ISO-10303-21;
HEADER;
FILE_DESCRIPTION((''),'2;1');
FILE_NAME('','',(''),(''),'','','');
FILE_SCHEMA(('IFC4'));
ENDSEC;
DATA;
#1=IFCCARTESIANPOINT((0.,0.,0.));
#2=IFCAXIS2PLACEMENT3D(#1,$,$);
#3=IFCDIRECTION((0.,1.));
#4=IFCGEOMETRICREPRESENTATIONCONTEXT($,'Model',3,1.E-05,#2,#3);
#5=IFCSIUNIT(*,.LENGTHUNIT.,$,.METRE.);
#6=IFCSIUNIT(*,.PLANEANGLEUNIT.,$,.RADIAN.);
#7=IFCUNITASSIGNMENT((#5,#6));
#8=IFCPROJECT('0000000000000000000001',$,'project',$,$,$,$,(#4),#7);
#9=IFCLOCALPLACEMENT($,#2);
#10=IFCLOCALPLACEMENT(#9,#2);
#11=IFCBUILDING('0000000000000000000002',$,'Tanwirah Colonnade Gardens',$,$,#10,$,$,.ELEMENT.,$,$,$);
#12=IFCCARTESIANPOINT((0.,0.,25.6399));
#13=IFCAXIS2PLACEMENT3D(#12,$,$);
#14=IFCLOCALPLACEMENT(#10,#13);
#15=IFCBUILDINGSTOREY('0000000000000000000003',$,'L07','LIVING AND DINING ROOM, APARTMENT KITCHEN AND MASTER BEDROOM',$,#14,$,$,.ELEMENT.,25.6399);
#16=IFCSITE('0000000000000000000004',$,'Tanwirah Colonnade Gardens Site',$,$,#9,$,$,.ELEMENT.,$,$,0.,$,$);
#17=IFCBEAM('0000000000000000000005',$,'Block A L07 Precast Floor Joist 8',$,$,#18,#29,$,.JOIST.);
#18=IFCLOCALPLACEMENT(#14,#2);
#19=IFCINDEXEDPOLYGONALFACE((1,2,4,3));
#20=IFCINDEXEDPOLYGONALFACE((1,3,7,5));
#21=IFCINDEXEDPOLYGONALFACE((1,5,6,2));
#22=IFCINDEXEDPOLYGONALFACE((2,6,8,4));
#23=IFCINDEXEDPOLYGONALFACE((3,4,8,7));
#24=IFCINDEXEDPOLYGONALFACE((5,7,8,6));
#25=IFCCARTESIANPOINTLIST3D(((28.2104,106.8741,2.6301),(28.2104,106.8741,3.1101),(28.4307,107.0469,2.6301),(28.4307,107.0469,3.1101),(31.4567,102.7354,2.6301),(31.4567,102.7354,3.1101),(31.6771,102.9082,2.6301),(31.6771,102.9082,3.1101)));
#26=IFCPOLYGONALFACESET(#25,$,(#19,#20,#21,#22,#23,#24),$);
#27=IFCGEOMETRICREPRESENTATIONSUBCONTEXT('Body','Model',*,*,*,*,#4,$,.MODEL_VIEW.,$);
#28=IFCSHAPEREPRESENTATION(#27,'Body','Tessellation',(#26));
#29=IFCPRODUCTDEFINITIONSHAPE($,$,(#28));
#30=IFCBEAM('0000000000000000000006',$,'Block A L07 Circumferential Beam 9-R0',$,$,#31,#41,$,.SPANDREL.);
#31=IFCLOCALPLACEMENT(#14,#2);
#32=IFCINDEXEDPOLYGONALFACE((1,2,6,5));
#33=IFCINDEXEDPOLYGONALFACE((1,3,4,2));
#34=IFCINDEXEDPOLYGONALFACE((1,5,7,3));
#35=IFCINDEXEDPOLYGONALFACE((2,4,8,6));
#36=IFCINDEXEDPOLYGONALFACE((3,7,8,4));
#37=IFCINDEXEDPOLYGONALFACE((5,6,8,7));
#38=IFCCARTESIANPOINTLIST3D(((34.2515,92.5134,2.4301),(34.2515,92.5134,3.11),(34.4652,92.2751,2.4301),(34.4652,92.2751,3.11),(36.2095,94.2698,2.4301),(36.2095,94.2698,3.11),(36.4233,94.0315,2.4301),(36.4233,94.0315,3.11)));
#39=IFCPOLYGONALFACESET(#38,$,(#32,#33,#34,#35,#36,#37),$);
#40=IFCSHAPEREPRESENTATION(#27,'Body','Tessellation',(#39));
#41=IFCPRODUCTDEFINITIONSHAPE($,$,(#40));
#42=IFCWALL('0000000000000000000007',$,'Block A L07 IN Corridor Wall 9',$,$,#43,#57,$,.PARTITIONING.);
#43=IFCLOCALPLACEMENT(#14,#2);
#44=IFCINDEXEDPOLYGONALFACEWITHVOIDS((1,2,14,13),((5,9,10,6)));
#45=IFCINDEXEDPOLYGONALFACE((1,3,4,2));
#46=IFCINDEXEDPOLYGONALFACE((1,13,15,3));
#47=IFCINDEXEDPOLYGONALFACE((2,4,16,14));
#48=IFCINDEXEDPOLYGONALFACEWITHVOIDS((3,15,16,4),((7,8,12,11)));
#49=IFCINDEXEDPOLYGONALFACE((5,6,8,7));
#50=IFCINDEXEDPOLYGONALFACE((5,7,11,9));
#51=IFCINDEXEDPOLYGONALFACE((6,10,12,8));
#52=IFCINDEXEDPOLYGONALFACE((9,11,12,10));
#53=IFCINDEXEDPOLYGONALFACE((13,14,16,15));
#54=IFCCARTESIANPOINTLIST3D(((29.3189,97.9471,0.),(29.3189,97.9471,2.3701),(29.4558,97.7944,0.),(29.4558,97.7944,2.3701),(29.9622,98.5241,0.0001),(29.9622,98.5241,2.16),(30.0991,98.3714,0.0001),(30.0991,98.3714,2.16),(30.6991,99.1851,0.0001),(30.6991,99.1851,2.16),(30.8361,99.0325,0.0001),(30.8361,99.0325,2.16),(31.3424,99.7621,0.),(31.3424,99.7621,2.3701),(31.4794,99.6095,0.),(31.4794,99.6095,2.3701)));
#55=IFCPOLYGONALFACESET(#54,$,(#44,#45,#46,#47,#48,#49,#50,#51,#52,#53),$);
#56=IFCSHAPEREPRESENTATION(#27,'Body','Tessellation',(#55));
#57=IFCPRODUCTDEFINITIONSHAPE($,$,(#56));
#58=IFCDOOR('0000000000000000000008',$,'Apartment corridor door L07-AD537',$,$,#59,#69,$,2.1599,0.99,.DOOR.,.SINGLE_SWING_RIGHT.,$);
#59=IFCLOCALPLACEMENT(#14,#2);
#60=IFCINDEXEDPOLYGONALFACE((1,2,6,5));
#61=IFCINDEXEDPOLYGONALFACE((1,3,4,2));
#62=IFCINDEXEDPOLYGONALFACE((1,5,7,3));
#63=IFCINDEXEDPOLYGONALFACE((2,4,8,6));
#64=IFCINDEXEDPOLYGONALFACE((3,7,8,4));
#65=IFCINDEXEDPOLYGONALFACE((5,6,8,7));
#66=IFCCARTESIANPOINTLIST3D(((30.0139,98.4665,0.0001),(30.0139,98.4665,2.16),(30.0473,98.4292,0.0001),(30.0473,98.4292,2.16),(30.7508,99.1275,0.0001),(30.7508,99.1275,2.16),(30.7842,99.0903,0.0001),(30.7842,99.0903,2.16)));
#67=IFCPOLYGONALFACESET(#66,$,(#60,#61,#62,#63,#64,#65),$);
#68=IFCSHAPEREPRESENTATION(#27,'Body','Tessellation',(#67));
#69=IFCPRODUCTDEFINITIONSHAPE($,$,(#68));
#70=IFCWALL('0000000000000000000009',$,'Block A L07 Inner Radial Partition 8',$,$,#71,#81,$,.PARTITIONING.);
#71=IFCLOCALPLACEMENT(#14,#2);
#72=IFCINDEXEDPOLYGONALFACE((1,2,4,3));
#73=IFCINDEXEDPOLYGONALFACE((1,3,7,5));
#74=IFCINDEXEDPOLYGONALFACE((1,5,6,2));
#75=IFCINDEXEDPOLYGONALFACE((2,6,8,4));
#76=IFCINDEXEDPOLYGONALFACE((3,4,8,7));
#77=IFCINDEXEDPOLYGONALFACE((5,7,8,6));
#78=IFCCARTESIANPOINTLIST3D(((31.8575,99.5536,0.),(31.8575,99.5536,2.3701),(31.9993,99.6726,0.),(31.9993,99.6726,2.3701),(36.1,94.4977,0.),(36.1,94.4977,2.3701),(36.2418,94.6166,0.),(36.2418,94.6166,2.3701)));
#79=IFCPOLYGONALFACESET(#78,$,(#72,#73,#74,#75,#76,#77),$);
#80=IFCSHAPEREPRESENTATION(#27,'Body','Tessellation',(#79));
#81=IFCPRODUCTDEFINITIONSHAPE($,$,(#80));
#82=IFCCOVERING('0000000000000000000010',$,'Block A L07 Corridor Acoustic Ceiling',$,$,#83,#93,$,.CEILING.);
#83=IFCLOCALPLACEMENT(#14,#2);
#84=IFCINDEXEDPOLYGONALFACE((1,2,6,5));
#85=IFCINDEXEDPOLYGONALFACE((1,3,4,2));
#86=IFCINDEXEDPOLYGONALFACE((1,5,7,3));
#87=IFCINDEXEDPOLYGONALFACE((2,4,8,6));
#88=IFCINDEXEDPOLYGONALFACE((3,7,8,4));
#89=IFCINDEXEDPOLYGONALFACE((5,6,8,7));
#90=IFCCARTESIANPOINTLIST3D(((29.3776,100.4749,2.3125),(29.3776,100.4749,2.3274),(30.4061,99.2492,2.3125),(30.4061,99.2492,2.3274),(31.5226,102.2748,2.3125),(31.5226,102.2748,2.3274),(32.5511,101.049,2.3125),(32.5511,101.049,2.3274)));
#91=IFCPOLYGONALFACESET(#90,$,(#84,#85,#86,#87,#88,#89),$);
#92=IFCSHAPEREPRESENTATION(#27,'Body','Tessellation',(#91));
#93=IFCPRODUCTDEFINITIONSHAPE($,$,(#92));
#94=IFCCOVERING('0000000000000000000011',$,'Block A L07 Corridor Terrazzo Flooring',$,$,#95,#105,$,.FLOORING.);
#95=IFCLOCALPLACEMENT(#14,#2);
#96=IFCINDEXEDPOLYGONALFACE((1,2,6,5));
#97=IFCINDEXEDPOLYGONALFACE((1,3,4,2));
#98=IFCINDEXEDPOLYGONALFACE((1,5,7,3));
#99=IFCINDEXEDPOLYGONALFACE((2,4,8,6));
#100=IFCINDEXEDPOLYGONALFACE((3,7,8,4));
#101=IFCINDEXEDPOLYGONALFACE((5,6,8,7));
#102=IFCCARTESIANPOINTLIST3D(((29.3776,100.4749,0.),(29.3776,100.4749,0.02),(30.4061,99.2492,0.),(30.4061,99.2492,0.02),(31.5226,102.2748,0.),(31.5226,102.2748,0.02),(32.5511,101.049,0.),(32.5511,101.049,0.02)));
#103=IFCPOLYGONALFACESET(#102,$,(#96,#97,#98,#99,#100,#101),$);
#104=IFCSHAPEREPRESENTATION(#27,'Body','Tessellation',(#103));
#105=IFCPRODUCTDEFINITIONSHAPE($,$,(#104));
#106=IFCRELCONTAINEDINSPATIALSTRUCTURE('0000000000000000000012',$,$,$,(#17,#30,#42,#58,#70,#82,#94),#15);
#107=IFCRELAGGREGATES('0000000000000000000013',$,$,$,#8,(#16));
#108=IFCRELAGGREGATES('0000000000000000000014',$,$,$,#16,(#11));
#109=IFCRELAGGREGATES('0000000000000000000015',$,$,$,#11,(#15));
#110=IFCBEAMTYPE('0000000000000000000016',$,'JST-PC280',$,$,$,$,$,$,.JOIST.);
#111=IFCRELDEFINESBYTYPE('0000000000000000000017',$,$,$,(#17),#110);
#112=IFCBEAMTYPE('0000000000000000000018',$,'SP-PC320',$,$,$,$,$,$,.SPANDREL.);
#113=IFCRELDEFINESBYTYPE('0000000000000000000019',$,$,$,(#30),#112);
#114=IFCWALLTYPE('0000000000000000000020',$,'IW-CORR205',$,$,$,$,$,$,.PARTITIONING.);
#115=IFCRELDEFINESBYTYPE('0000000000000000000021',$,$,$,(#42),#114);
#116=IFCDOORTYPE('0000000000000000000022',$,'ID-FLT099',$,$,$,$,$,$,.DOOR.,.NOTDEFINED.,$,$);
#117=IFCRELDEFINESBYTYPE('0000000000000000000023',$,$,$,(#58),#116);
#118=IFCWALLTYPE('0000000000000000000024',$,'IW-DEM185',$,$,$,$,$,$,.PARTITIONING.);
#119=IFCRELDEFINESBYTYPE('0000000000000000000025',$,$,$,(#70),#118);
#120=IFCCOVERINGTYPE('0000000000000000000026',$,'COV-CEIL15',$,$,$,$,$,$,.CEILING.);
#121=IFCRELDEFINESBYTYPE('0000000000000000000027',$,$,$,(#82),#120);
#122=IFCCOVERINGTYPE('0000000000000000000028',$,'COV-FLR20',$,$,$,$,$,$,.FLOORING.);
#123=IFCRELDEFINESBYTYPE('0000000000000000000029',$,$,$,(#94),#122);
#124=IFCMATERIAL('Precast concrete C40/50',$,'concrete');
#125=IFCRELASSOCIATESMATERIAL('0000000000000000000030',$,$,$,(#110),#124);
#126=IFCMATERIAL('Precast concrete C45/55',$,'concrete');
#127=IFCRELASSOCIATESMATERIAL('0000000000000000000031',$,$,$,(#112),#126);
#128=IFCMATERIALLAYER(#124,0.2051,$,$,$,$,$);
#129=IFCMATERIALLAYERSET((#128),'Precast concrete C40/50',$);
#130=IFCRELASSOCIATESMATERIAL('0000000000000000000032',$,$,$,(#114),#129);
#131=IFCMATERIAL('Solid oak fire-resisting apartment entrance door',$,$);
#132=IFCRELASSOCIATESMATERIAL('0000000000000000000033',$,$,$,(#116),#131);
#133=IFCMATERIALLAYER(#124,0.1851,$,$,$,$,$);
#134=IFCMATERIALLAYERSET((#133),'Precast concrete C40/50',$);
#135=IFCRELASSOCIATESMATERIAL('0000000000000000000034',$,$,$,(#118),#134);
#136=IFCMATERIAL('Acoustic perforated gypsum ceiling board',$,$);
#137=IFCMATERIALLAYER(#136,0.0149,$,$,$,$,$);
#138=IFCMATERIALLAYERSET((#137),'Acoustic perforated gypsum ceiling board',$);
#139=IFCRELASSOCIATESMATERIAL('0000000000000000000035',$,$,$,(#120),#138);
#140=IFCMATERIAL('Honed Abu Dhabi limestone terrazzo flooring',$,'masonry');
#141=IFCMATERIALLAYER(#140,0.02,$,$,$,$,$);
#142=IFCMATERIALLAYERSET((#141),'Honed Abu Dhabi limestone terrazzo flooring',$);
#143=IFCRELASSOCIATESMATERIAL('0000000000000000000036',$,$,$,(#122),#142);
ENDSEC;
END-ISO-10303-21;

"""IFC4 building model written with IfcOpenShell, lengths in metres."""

from ifc_helpers import new_model, si_unit, direction, frame, frame_2d, origin, origin_2d, place, context, subcontext, project, spatial, rectangle, extrude, material, layer, layer_set, material_profile, profile_set, type_object, element, fill, save


model = new_model("IFC4")

# Units and contexts
model_context = context("Model", 3, precision=1e-05, world=origin(), true_north=direction((0.0, 1.0)))
body_context = subcontext(model_context, "Body", "Model", "MODEL_VIEW")
ifc_project = project(units=[si_unit("LENGTHUNIT", "METRE"), si_unit("PLANEANGLEUNIT", "RADIAN")], contexts=[model_context])

# Site, building, storey
site_placement = place(None, origin())
site = spatial("IfcSite", under=ifc_project, at=site_placement, Name="Tanwirah Colonnade Gardens Site", CompositionType="ELEMENT", RefElevation=0.0)
building_placement = place(site_placement, origin())
building = spatial("IfcBuilding", under=site, at=building_placement, Name="Tanwirah Colonnade Gardens", CompositionType="ELEMENT")
storey_placement = place(building_placement, frame((0.0, 0.0, 25.6399)))
storey = spatial("IfcBuildingStorey", under=building, at=storey_placement, Name="L07", Description="LIVING AND DINING ROOM, APARTMENT KITCHEN AND MASTER BEDROOM", CompositionType="ELEMENT", Elevation=25.6399)

# Shared definitions
ifc_material_1 = material(Name="Precast concrete C40/50", Category="concrete")

# Beams
ifc_material_2 = material(Name="Precast concrete C45/55", Category="concrete")
ifc_material_profile_1 = material_profile(ifc_material_1, rectangle(XDim=0.28, YDim=0.48, at=origin_2d()), Name="PC-JST 280x480")
ifc_profile_set_1 = profile_set([ifc_material_profile_1], Name="Precast concrete C40/50")
beam_type_1 = type_object("IfcBeamType", Name="JST-PC280", PredefinedType="JOIST", material=ifc_profile_set_1)
beam_1_placement = place(storey_placement, frame((31.5669, 102.8218, 2.8701), z_axis=(-0.617178, 0.786824, 0.0), x_axis=(-0.786824, -0.617178, 0.0)))
element("IfcBeam", 1, at=beam_1_placement, inside=storey, type_object=beam_type_1, Name="Block A L07 Precast Floor Joist 8", PredefinedType="JOIST", context=body_context, shape_type="SweptSolid", body=[
    extrude(rectangle(XDim=0.28, YDim=0.48, at=origin_2d()), origin(), (0.0, 0.0, 1.0), 5.26),
])
ifc_material_profile_2 = material_profile(ifc_material_2, rectangle(XDim=0.3201, YDim=0.6799, at=origin_2d()), Name="PC-SP 320x680")
ifc_profile_set_2 = profile_set([ifc_material_profile_2], Name="Precast concrete C45/55")
beam_type_2 = type_object("IfcBeamType", Name="SP-PC320", PredefinedType="SPANDREL", material=ifc_profile_set_2)
beam_2_placement = place(storey_placement, frame((36.3164, 94.1506, 2.77), z_axis=(-0.744401, -0.667733, 0.0), x_axis=(0.667733, -0.744401, 0.0)))
element("IfcBeam", 2, at=beam_2_placement, inside=storey, type_object=beam_type_2, Name="Block A L07 Circumferential Beam 9-R0", PredefinedType="SPANDREL", context=body_context, shape_type="SweptSolid", body=[
    extrude(rectangle(XDim=0.3201, YDim=0.6799, at=origin_2d()), origin(), (0.0, 0.0, 1.0), 2.6304),
])

# Wall, opening, door
ifc_layer_1 = layer(ifc_material_1, 0.2051)
ifc_layer_set_1 = layer_set([ifc_layer_1], Name="Precast concrete C40/50")
wall_type_1 = type_object("IfcWallType", Name="IW-CORR205", PredefinedType="PARTITIONING", material=ifc_layer_set_1)
ifc_material_3 = material(Name="Solid oak fire-resisting apartment entrance door")
wall_1_placement = place(storey_placement, frame((31.4109, 99.6858, 0.0), z_axis=(0.0, 0.0, 1.0), x_axis=(-0.744419, -0.667713, 0.0)))
wall_1 = element("IfcWall", 3, at=wall_1_placement, inside=storey, type_object=wall_type_1, Name="Block A L07 IN Corridor Wall 9", PredefinedType="PARTITIONING", context=body_context, shape_type="SweptSolid", body=[
    extrude(rectangle(XDim=2.7183, YDim=0.2051, at=frame_2d((1.3591, 0.0))), origin(), (0.0, 0.0, 1.0), 2.3701),
])
opening_1_placement = place(wall_1_placement, frame((0.864, 0.0, 0.0)))
opening_1 = element("IfcOpeningElement", 4, at=opening_1_placement, cuts=wall_1, PredefinedType="OPENING", context=body_context, shape_type="SweptSolid", body=[
    extrude(rectangle(XDim=0.99, YDim=2.1599, at=frame_2d((0.4951, 1.0801))), frame((0.0, 0.1125, 0.0), z_axis=(0.0, -1.0, 0.0), x_axis=(1.0, 0.0, 0.0)), (0.0, 0.0, 1.0), 0.2251),
])
door_type_1 = type_object("IfcDoorType", Name="ID-FLT099", OperationType="NOTDEFINED", PredefinedType="DOOR", material=ifc_material_3)
door_1_placement = place(opening_1_placement, origin())
door_1 = element("IfcDoor", 5, at=door_1_placement, inside=storey, type_object=door_type_1, Name="Apartment corridor door L07-AD537", OperationType="SINGLE_SWING_RIGHT", OverallHeight=2.1599, OverallWidth=0.99, PredefinedType="DOOR", context=body_context, shape_type="SweptSolid", body=[
    extrude(rectangle(XDim=0.99, YDim=2.1599, at=frame_2d((0.4951, 1.0801))), frame((0.0, 0.0249, 0.0), z_axis=(0.0, -1.0, 0.0), x_axis=(1.0, 0.0, 0.0)), (0.0, 0.0, 1.0), 0.05),
])
fill(opening_1, door_1)

# Wall
ifc_layer_2 = layer(ifc_material_1, 0.1851)
ifc_layer_set_2 = layer_set([ifc_layer_2], Name="Precast concrete C40/50")
wall_type_2 = type_object("IfcWallType", Name="IW-DEM185", PredefinedType="PARTITIONING", material=ifc_layer_set_2)
wall_2_placement = place(storey_placement, frame((36.1709, 94.5571, 0.0), z_axis=(0.0, 0.0, 1.0), x_axis=(-0.642789, 0.766043, 0.0)))
element("IfcWall", 6, at=wall_2_placement, inside=storey, type_object=wall_type_2, Name="Block A L07 Inner Radial Partition 8", PredefinedType="PARTITIONING", context=body_context, shape_type="SweptSolid", body=[
    extrude(rectangle(XDim=6.6001, YDim=0.1851, at=frame_2d((3.3, 0.0))), origin(), (0.0, 0.0, 1.0), 2.3701),
])

# Coverings
ifc_material_4 = material(Name="Acoustic perforated gypsum ceiling board")
ifc_layer_3 = layer(ifc_material_4, 0.0149)
ifc_layer_set_3 = layer_set([ifc_layer_3], Name="Acoustic perforated gypsum ceiling board")
covering_type_1 = type_object("IfcCoveringType", Name="COV-CEIL15", PredefinedType="CEILING", material=ifc_layer_set_3)
covering_1_placement = place(storey_placement, frame((30.9644, 100.762, 2.3125), z_axis=(0.0, 0.0, 1.0), x_axis=(-0.766044, -0.642788, 0.0)))
element("IfcCovering", 7, at=covering_1_placement, inside=storey, type_object=covering_type_1, Name="Block A L07 Corridor Acoustic Ceiling", PredefinedType="CEILING", context=body_context, shape_type="SweptSolid", body=[
    extrude(rectangle(XDim=2.8, YDim=1.6001, at=origin_2d()), origin(), (0.0, 0.0, 1.0), 0.0149),
])
ifc_material_5 = material(Name="Honed Abu Dhabi limestone terrazzo flooring", Category="masonry")
ifc_layer_4 = layer(ifc_material_5, 0.02)
ifc_layer_set_4 = layer_set([ifc_layer_4], Name="Honed Abu Dhabi limestone terrazzo flooring")
covering_type_2 = type_object("IfcCoveringType", Name="COV-FLR20", PredefinedType="FLOORING", material=ifc_layer_set_4)
covering_2_placement = place(storey_placement, frame((30.9644, 100.762, 0.0), z_axis=(0.0, 0.0, 1.0), x_axis=(-0.766044, -0.642788, 0.0)))
element("IfcCovering", 8, at=covering_2_placement, inside=storey, type_object=covering_type_2, Name="Block A L07 Corridor Terrazzo Flooring", PredefinedType="FLOORING", context=body_context, shape_type="SweptSolid", body=[
    extrude(rectangle(XDim=2.8, YDim=1.6001, at=origin_2d()), origin(), (0.0, 0.0, 1.0), 0.02),
])

save(model, "model.ifc")
